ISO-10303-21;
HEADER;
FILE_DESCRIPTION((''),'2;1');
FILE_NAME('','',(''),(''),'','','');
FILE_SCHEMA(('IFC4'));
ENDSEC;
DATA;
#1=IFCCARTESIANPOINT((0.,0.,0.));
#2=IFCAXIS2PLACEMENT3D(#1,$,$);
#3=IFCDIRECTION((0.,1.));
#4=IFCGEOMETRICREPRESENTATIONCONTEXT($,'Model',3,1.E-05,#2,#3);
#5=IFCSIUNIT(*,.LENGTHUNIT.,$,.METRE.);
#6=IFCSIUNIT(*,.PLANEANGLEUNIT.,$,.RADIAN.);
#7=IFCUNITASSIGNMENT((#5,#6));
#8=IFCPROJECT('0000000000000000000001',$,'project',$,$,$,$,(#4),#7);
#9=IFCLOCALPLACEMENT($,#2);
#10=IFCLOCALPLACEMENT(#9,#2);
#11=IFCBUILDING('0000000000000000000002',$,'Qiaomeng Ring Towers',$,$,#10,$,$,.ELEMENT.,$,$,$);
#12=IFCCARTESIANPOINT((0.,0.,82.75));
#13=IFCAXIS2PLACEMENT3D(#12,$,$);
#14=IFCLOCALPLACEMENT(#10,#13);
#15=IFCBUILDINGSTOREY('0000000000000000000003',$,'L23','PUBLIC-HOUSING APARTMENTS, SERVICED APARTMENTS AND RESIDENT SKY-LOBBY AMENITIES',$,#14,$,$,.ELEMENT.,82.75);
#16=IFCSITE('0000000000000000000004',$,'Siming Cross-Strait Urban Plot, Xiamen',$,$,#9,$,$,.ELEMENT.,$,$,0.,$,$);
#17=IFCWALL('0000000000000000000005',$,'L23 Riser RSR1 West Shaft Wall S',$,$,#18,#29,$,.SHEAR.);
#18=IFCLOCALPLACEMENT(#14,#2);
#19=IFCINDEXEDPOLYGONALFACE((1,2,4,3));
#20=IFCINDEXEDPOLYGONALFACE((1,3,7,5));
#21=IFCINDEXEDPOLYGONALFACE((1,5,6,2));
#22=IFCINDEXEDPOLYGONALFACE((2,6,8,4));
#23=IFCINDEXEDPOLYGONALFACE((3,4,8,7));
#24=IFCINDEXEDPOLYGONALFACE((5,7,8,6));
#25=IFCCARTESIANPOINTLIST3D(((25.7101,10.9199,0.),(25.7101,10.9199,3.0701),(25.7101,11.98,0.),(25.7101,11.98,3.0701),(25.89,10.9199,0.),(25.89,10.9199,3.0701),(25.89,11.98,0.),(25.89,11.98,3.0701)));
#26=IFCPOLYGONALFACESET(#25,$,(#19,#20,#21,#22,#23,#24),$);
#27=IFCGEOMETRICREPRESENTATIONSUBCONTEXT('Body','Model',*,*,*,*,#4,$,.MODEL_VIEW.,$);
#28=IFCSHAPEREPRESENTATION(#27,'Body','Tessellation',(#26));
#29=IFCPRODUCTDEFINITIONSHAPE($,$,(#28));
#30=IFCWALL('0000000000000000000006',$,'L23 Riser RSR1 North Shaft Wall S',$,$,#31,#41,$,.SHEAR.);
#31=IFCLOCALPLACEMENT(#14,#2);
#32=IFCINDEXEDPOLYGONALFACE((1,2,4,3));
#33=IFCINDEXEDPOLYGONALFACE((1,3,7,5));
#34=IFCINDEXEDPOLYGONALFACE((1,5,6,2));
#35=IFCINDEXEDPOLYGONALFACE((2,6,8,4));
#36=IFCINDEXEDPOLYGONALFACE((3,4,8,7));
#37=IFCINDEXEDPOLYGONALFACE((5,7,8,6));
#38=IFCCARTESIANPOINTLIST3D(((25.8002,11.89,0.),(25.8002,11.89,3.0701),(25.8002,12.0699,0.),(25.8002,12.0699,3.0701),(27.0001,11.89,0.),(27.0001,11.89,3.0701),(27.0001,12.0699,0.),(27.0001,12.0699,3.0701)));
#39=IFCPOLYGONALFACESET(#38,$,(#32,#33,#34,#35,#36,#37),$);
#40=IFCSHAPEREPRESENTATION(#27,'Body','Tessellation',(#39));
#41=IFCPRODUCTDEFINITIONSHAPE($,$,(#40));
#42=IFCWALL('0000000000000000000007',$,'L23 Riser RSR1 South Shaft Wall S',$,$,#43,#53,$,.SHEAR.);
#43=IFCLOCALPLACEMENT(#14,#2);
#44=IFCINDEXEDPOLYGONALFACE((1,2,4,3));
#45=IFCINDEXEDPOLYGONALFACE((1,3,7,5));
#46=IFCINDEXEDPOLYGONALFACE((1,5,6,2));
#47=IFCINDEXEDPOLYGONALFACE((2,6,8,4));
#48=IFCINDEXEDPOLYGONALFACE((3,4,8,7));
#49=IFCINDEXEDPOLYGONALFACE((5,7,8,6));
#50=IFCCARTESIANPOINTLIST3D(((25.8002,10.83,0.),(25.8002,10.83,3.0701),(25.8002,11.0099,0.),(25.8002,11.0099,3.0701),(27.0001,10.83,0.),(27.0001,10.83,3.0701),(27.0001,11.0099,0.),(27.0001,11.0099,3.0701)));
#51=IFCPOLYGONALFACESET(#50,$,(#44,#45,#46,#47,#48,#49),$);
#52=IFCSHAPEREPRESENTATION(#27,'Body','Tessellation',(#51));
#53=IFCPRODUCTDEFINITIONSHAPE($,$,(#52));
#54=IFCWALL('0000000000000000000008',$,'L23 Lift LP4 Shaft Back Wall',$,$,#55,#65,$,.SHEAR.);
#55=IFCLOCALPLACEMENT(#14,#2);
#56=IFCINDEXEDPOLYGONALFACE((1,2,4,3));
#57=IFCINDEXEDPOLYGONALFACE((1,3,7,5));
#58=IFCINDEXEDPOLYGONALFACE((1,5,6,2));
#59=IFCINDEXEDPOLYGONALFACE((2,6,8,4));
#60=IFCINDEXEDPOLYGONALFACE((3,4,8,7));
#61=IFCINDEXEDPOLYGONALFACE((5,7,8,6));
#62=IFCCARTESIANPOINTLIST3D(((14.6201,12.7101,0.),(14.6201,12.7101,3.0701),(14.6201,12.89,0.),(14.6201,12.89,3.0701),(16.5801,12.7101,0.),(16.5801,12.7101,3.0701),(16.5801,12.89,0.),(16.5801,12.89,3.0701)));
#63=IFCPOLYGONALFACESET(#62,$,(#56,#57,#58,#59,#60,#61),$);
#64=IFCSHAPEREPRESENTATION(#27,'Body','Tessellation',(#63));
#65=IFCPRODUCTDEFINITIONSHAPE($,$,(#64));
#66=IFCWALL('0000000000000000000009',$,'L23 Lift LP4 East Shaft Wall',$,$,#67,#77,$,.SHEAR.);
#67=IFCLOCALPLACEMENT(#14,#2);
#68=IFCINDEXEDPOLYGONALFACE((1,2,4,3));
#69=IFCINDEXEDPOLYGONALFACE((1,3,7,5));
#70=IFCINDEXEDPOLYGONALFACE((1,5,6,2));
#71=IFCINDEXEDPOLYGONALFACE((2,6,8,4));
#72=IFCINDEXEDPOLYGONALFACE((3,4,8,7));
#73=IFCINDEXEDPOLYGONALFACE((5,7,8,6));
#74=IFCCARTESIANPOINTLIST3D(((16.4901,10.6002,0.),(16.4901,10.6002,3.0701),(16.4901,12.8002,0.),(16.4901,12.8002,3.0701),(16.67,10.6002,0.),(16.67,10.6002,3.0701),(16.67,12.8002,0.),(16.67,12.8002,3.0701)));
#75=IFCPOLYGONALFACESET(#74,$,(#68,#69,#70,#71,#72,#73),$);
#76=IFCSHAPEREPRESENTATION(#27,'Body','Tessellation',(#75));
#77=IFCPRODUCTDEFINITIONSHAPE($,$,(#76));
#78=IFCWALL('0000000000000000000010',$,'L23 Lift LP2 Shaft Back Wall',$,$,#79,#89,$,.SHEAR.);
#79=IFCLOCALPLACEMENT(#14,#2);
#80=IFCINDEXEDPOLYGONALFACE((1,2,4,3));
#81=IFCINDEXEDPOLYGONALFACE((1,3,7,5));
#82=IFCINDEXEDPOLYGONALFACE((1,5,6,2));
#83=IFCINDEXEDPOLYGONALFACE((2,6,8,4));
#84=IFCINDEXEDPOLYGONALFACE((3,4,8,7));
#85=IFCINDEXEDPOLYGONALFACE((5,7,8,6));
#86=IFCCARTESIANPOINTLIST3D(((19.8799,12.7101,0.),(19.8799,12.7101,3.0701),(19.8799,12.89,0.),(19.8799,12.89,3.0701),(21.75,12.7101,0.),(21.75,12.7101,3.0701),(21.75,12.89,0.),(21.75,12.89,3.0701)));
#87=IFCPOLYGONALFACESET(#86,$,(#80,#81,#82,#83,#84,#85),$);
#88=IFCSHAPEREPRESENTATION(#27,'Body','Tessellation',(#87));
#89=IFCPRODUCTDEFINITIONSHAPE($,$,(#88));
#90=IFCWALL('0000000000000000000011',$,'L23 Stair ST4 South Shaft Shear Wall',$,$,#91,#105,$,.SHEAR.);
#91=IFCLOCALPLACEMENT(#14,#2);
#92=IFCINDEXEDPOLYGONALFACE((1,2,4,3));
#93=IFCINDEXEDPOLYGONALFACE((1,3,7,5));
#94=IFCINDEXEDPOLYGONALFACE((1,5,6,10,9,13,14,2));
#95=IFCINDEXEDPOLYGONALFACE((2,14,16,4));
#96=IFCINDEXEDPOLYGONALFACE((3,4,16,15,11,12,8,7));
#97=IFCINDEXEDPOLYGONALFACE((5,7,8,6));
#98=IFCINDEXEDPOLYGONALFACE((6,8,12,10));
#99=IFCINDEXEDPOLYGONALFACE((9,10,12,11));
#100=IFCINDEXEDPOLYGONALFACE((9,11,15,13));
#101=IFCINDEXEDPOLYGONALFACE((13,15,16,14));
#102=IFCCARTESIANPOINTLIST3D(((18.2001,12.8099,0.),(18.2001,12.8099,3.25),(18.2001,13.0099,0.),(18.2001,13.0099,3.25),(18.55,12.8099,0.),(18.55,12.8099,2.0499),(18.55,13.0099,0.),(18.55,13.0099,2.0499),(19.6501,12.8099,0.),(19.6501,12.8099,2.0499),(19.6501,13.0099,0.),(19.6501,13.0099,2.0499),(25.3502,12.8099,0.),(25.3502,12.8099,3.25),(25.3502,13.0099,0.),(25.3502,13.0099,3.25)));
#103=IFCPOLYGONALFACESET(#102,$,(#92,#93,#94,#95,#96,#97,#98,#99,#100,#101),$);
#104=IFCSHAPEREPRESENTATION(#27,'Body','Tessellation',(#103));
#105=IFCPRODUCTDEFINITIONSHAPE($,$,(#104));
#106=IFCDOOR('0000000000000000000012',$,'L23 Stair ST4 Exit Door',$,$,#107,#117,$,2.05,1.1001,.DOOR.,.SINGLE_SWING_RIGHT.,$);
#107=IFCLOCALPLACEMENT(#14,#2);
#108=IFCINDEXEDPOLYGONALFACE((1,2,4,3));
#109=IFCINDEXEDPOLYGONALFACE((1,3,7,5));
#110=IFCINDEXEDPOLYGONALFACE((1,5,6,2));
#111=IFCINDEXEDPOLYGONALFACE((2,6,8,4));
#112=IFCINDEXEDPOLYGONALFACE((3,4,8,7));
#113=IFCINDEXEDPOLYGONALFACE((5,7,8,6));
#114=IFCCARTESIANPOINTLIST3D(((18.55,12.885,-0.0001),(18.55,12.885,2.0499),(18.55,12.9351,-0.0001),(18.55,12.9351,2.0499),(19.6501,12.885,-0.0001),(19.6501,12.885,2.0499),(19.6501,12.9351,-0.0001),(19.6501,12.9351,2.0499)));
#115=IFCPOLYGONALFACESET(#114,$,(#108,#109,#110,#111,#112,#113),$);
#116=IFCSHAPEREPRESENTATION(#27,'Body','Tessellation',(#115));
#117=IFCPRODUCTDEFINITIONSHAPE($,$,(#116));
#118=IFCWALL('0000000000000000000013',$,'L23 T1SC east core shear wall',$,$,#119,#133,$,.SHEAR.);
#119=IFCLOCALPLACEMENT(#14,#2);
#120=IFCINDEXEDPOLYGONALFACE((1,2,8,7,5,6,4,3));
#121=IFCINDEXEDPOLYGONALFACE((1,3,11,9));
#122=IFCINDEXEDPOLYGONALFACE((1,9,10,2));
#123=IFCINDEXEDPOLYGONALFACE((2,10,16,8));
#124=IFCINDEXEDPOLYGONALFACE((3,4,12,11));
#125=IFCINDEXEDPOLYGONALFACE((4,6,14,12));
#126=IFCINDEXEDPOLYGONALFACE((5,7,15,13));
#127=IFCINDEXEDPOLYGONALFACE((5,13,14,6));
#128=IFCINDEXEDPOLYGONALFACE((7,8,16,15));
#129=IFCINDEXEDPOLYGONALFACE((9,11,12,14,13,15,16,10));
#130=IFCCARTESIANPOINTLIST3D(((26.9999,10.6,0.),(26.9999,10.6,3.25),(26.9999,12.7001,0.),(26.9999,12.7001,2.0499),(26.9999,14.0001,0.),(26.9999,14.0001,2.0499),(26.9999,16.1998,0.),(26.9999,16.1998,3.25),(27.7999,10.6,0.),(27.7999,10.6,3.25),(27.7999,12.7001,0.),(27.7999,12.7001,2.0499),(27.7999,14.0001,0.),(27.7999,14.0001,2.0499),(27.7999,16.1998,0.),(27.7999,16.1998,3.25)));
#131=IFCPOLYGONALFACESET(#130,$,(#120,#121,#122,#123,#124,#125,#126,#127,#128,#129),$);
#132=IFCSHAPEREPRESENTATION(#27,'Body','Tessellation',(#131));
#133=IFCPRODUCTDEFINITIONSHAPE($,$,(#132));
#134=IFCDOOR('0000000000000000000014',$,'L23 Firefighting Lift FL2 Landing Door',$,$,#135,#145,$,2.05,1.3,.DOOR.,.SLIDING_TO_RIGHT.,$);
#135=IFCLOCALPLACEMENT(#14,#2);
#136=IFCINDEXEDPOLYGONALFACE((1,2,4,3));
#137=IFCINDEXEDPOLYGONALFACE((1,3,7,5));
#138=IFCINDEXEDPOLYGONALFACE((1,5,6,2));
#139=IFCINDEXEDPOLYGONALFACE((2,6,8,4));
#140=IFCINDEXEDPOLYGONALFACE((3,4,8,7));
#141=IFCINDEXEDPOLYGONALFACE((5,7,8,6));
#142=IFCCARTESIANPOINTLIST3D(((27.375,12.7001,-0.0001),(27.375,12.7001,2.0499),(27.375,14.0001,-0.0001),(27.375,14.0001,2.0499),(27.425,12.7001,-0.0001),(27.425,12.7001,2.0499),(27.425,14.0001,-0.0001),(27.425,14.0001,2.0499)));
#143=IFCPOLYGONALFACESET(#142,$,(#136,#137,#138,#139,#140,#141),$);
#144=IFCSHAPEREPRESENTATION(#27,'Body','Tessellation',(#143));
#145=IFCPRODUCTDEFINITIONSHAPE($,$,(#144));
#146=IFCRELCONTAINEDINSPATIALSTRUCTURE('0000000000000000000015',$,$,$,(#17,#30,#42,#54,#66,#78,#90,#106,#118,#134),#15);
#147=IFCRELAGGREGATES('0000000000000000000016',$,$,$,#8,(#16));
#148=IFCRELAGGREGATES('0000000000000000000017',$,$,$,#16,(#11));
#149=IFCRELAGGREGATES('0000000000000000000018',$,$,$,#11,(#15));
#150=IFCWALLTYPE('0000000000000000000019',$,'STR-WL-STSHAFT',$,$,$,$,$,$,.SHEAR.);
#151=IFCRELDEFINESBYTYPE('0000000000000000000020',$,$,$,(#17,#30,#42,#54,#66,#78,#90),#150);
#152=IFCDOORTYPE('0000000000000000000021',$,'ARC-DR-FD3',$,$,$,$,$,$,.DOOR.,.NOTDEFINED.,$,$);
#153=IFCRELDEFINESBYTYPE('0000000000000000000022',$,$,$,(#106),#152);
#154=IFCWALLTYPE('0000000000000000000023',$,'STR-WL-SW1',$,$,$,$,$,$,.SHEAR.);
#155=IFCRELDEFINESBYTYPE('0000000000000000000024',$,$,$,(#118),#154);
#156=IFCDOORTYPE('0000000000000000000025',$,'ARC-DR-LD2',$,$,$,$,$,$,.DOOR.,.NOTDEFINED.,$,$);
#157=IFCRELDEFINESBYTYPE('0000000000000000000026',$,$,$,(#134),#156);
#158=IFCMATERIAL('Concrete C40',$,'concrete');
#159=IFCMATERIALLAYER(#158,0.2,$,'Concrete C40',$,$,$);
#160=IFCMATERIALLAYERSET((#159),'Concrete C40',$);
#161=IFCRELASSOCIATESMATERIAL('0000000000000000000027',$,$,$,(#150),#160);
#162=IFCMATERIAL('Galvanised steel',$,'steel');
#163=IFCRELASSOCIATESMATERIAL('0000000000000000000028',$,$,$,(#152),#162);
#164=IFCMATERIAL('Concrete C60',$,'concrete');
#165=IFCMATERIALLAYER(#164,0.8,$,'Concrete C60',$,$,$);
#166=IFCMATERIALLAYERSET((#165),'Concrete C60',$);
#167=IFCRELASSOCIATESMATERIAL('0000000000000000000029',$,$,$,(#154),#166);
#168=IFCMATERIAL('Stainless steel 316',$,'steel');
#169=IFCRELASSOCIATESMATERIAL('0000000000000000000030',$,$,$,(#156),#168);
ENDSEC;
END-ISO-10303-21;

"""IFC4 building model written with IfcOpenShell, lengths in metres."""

from ifc_helpers import new_model, si_unit, direction, frame, frame_2d, origin, place, context, subcontext, project, spatial, rectangle, extrude, source, transform, mapped, material, layer, layer_set, type_object, element, fill, save


model = new_model("IFC4")

# Units and contexts
model_context = context("Model", 3, precision=1e-05, world=origin(), true_north=direction((0.0, 1.0)))
body_context = subcontext(model_context, "Body", "Model", "MODEL_VIEW")
ifc_project = project(units=[si_unit("LENGTHUNIT", "METRE"), si_unit("PLANEANGLEUNIT", "RADIAN")], contexts=[model_context])

# Site, building, storey
site_placement = place(None, origin())
site = spatial("IfcSite", under=ifc_project, at=site_placement, Name="Siming Cross-Strait Urban Plot, Xiamen", CompositionType="ELEMENT", RefElevation=0.0)
building_placement = place(site_placement, origin())
building = spatial("IfcBuilding", under=site, at=building_placement, Name="Qiaomeng Ring Towers", CompositionType="ELEMENT")
storey_placement = place(building_placement, frame((0.0, 0.0, 82.75)))
storey = spatial("IfcBuildingStorey", under=building, at=storey_placement, Name="L23", Description="PUBLIC-HOUSING APARTMENTS, SERVICED APARTMENTS AND RESIDENT SKY-LOBBY AMENITIES", CompositionType="ELEMENT", Elevation=82.75)

# Walls
ifc_material_1 = material(Name="Concrete C40", Category="concrete")
ifc_layer_1 = layer(ifc_material_1, 0.2, Name="Concrete C40")
ifc_layer_set_1 = layer_set([ifc_layer_1], Name="Concrete C40")
wall_type_1 = type_object("IfcWallType", Name="STR-WL-STSHAFT", PredefinedType="SHEAR", material=ifc_layer_set_1)
wall_1_placement = place(storey_placement, frame((25.8, 10.9199, 0.0), z_axis=(0.0, 0.0, 1.0), x_axis=(0.0, 1.0, 0.0)))
element("IfcWall", 1, at=wall_1_placement, inside=storey, type_object=wall_type_1, Name="L23 Riser RSR1 West Shaft Wall S", PredefinedType="SHEAR", context=body_context, shape_type="SweptSolid", body=[
    extrude(rectangle(XDim=1.0601, YDim=0.1799, at=frame_2d((0.53, 0.0))), origin(), (0.0, 0.0, 1.0), 3.0701),
])
for number, where, z_axis, x_axis, name in (
    (2, (25.8, 11.98, 0.0), (0.0, 0.0, 1.0), (1.0, 0.0, 0.0), "L23 Riser RSR1 North Shaft Wall S"),
    (3, (25.8, 10.9199, 0.0), (0.0, 0.0, 1.0), (1.0, 0.0, 0.0), "L23 Riser RSR1 South Shaft Wall S"),
):
    element("IfcWall", number, at=place(storey_placement, frame(where, z_axis=z_axis, x_axis=x_axis)), inside=storey, type_object=wall_type_1, Name=name, PredefinedType="SHEAR", context=body_context, shape_type="SweptSolid", body=[
        extrude(rectangle(XDim=1.2, YDim=0.1799, at=frame_2d((0.6001, 0.0))), origin(), (0.0, 0.0, 1.0), 3.0701),
    ])
wall_2_placement = place(storey_placement, frame((14.6201, 12.8, 0.0), z_axis=(0.0, 0.0, 1.0), x_axis=(1.0, 0.0, 0.0)))
element("IfcWall", 4, at=wall_2_placement, inside=storey, type_object=wall_type_1, Name="L23 Lift LP4 Shaft Back Wall", PredefinedType="SHEAR", context=body_context, shape_type="SweptSolid", body=[
    extrude(rectangle(XDim=1.96, YDim=0.1799, at=frame_2d((0.98, 0.0))), origin(), (0.0, 0.0, 1.0), 3.0701),
])
wall_3_placement = place(storey_placement, frame((16.5801, 10.6001, 0.0), z_axis=(0.0, 0.0, 1.0), x_axis=(0.0, 1.0, 0.0)))
element("IfcWall", 5, at=wall_3_placement, inside=storey, type_object=wall_type_1, Name="L23 Lift LP4 East Shaft Wall", PredefinedType="SHEAR", context=body_context, shape_type="SweptSolid", body=[
    extrude(rectangle(XDim=2.2, YDim=0.1799, at=frame_2d((1.1001, 0.0))), origin(), (0.0, 0.0, 1.0), 3.0701),
])
wall_4_placement = place(storey_placement, frame((19.8799, 12.8, 0.0), z_axis=(0.0, 0.0, 1.0), x_axis=(1.0, 0.0, 0.0)))
element("IfcWall", 6, at=wall_4_placement, inside=storey, type_object=wall_type_1, Name="L23 Lift LP2 Shaft Back Wall", PredefinedType="SHEAR", context=body_context, shape_type="SweptSolid", body=[
    extrude(rectangle(XDim=1.8701, YDim=0.1799, at=frame_2d((0.9351, 0.0))), origin(), (0.0, 0.0, 1.0), 3.0701),
])

# Walls, openings, doors
wall_5_placement = place(storey_placement, frame((18.2, 12.9099, 0.0), z_axis=(0.0, 0.0, 1.0), x_axis=(1.0, 0.0, 0.0)))
wall_5 = element("IfcWall", 7, at=wall_5_placement, inside=storey, type_object=wall_type_1, Name="L23 Stair ST4 South Shaft Shear Wall", PredefinedType="SHEAR", context=body_context, shape_type="SweptSolid", body=[
    extrude(rectangle(XDim=7.1501, YDim=0.2, at=frame_2d((3.5752, 0.0))), origin(), (0.0, 0.0, 1.0), 3.25),
])
opening_1_placement = place(wall_5_placement, frame((0.3501, 0.0, 0.0)))
opening_1 = element("IfcOpeningElement", 8, at=opening_1_placement, cuts=wall_5, PredefinedType="OPENING", context=body_context, shape_type="SweptSolid", body=[
    extrude(rectangle(XDim=1.1001, YDim=2.05, at=frame_2d((0.55, 1.0249))), frame((0.0, 0.1099, 0.0), z_axis=(0.0, -1.0, 0.0), x_axis=(1.0, 0.0, 0.0)), (0.0, 0.0, 1.0), 0.22),
])
ifc_material_2 = material(Name="Galvanised steel", Category="steel")
door_type_1 = type_object("IfcDoorType", Name="ARC-DR-FD3", OperationType="NOTDEFINED", PredefinedType="DOOR", material=ifc_material_2)
shared_shape_1 = source(origin(), body_context, "Body", "SweptSolid", [
    extrude(rectangle(XDim=1.1001, YDim=2.05, at=frame_2d((0.55, 1.0249))), frame((0.0, 0.0249, 0.0), z_axis=(0.0, -1.0, 0.0), x_axis=(1.0, 0.0, 0.0)), (0.0, 0.0, 1.0), 0.05),
])
door_1_placement = place(opening_1_placement, frame((1.1001, 0.0, 0.0), z_axis=(0.0, 0.0, 1.0), x_axis=(-1.0, 0.0, 0.0)))
door_1 = element("IfcDoor", 9, at=door_1_placement, inside=storey, type_object=door_type_1, Name="L23 Stair ST4 Exit Door", OperationType="SINGLE_SWING_RIGHT", OverallHeight=2.05, OverallWidth=1.1001, PredefinedType="DOOR", context=body_context, shape_type="MappedRepresentation", body=[
    mapped(shared_shape_1, transform((0.0, 0.0, 0.0), x_axis=(1.0, 0.0, 0.0), y_axis=(0.0, 1.0, 0.0), z_axis=(0.0, 0.0, 1.0), scale=1.0)),
])
fill(opening_1, door_1)
ifc_material_3 = material(Name="Concrete C60", Category="concrete")
ifc_layer_2 = layer(ifc_material_3, 0.8, Name="Concrete C60")
ifc_layer_set_2 = layer_set([ifc_layer_2], Name="Concrete C60")
wall_type_2 = type_object("IfcWallType", Name="STR-WL-SW1", PredefinedType="SHEAR", material=ifc_layer_set_2)
wall_6_placement = place(storey_placement, frame((27.3999, 10.6001, 0.0), z_axis=(0.0, 0.0, 1.0), x_axis=(0.0, 1.0, 0.0)))
wall_6 = element("IfcWall", 10, at=wall_6_placement, inside=storey, type_object=wall_type_2, Name="L23 T1SC east core shear wall", PredefinedType="SHEAR", context=body_context, shape_type="SweptSolid", body=[
    extrude(rectangle(XDim=5.5999, YDim=0.8, at=frame_2d((2.7998, 0.0))), origin(), (0.0, 0.0, 1.0), 3.25),
])
opening_2_placement = place(wall_6_placement, frame((2.1001, 0.0, 0.0)))
opening_2 = element("IfcOpeningElement", 11, at=opening_2_placement, cuts=wall_6, PredefinedType="OPENING", context=body_context, shape_type="SweptSolid", body=[
    extrude(rectangle(XDim=1.3, YDim=2.05, at=frame_2d((0.6499, 1.0249))), frame((0.0, 0.4099, 0.0), z_axis=(0.0, -1.0, 0.0), x_axis=(1.0, 0.0, 0.0)), (0.0, 0.0, 1.0), 0.8201),
])
ifc_material_4 = material(Name="Stainless steel 316", Category="steel")
door_type_2 = type_object("IfcDoorType", Name="ARC-DR-LD2", OperationType="NOTDEFINED", PredefinedType="DOOR", material=ifc_material_4)
shared_shape_2 = source(origin(), body_context, "Body", "SweptSolid", [
    extrude(rectangle(XDim=1.3, YDim=2.05, at=frame_2d((0.6499, 1.0249))), frame((0.0, 0.0249, 0.0), z_axis=(0.0, -1.0, 0.0), x_axis=(1.0, 0.0, 0.0)), (0.0, 0.0, 1.0), 0.05),
])
door_2_placement = place(opening_2_placement, origin())
door_2 = element("IfcDoor", 12, at=door_2_placement, inside=storey, type_object=door_type_2, Name="L23 Firefighting Lift FL2 Landing Door", OperationType="SLIDING_TO_RIGHT", OverallHeight=2.05, OverallWidth=1.3, PredefinedType="DOOR", context=body_context, shape_type="MappedRepresentation", body=[
    mapped(shared_shape_2, transform((0.0, 0.0, 0.0), x_axis=(1.0, 0.0, 0.0), y_axis=(0.0, 1.0, 0.0), z_axis=(0.0, 0.0, 1.0), scale=1.0)),
])
fill(opening_2, door_2)

save(model, "model.ifc")
